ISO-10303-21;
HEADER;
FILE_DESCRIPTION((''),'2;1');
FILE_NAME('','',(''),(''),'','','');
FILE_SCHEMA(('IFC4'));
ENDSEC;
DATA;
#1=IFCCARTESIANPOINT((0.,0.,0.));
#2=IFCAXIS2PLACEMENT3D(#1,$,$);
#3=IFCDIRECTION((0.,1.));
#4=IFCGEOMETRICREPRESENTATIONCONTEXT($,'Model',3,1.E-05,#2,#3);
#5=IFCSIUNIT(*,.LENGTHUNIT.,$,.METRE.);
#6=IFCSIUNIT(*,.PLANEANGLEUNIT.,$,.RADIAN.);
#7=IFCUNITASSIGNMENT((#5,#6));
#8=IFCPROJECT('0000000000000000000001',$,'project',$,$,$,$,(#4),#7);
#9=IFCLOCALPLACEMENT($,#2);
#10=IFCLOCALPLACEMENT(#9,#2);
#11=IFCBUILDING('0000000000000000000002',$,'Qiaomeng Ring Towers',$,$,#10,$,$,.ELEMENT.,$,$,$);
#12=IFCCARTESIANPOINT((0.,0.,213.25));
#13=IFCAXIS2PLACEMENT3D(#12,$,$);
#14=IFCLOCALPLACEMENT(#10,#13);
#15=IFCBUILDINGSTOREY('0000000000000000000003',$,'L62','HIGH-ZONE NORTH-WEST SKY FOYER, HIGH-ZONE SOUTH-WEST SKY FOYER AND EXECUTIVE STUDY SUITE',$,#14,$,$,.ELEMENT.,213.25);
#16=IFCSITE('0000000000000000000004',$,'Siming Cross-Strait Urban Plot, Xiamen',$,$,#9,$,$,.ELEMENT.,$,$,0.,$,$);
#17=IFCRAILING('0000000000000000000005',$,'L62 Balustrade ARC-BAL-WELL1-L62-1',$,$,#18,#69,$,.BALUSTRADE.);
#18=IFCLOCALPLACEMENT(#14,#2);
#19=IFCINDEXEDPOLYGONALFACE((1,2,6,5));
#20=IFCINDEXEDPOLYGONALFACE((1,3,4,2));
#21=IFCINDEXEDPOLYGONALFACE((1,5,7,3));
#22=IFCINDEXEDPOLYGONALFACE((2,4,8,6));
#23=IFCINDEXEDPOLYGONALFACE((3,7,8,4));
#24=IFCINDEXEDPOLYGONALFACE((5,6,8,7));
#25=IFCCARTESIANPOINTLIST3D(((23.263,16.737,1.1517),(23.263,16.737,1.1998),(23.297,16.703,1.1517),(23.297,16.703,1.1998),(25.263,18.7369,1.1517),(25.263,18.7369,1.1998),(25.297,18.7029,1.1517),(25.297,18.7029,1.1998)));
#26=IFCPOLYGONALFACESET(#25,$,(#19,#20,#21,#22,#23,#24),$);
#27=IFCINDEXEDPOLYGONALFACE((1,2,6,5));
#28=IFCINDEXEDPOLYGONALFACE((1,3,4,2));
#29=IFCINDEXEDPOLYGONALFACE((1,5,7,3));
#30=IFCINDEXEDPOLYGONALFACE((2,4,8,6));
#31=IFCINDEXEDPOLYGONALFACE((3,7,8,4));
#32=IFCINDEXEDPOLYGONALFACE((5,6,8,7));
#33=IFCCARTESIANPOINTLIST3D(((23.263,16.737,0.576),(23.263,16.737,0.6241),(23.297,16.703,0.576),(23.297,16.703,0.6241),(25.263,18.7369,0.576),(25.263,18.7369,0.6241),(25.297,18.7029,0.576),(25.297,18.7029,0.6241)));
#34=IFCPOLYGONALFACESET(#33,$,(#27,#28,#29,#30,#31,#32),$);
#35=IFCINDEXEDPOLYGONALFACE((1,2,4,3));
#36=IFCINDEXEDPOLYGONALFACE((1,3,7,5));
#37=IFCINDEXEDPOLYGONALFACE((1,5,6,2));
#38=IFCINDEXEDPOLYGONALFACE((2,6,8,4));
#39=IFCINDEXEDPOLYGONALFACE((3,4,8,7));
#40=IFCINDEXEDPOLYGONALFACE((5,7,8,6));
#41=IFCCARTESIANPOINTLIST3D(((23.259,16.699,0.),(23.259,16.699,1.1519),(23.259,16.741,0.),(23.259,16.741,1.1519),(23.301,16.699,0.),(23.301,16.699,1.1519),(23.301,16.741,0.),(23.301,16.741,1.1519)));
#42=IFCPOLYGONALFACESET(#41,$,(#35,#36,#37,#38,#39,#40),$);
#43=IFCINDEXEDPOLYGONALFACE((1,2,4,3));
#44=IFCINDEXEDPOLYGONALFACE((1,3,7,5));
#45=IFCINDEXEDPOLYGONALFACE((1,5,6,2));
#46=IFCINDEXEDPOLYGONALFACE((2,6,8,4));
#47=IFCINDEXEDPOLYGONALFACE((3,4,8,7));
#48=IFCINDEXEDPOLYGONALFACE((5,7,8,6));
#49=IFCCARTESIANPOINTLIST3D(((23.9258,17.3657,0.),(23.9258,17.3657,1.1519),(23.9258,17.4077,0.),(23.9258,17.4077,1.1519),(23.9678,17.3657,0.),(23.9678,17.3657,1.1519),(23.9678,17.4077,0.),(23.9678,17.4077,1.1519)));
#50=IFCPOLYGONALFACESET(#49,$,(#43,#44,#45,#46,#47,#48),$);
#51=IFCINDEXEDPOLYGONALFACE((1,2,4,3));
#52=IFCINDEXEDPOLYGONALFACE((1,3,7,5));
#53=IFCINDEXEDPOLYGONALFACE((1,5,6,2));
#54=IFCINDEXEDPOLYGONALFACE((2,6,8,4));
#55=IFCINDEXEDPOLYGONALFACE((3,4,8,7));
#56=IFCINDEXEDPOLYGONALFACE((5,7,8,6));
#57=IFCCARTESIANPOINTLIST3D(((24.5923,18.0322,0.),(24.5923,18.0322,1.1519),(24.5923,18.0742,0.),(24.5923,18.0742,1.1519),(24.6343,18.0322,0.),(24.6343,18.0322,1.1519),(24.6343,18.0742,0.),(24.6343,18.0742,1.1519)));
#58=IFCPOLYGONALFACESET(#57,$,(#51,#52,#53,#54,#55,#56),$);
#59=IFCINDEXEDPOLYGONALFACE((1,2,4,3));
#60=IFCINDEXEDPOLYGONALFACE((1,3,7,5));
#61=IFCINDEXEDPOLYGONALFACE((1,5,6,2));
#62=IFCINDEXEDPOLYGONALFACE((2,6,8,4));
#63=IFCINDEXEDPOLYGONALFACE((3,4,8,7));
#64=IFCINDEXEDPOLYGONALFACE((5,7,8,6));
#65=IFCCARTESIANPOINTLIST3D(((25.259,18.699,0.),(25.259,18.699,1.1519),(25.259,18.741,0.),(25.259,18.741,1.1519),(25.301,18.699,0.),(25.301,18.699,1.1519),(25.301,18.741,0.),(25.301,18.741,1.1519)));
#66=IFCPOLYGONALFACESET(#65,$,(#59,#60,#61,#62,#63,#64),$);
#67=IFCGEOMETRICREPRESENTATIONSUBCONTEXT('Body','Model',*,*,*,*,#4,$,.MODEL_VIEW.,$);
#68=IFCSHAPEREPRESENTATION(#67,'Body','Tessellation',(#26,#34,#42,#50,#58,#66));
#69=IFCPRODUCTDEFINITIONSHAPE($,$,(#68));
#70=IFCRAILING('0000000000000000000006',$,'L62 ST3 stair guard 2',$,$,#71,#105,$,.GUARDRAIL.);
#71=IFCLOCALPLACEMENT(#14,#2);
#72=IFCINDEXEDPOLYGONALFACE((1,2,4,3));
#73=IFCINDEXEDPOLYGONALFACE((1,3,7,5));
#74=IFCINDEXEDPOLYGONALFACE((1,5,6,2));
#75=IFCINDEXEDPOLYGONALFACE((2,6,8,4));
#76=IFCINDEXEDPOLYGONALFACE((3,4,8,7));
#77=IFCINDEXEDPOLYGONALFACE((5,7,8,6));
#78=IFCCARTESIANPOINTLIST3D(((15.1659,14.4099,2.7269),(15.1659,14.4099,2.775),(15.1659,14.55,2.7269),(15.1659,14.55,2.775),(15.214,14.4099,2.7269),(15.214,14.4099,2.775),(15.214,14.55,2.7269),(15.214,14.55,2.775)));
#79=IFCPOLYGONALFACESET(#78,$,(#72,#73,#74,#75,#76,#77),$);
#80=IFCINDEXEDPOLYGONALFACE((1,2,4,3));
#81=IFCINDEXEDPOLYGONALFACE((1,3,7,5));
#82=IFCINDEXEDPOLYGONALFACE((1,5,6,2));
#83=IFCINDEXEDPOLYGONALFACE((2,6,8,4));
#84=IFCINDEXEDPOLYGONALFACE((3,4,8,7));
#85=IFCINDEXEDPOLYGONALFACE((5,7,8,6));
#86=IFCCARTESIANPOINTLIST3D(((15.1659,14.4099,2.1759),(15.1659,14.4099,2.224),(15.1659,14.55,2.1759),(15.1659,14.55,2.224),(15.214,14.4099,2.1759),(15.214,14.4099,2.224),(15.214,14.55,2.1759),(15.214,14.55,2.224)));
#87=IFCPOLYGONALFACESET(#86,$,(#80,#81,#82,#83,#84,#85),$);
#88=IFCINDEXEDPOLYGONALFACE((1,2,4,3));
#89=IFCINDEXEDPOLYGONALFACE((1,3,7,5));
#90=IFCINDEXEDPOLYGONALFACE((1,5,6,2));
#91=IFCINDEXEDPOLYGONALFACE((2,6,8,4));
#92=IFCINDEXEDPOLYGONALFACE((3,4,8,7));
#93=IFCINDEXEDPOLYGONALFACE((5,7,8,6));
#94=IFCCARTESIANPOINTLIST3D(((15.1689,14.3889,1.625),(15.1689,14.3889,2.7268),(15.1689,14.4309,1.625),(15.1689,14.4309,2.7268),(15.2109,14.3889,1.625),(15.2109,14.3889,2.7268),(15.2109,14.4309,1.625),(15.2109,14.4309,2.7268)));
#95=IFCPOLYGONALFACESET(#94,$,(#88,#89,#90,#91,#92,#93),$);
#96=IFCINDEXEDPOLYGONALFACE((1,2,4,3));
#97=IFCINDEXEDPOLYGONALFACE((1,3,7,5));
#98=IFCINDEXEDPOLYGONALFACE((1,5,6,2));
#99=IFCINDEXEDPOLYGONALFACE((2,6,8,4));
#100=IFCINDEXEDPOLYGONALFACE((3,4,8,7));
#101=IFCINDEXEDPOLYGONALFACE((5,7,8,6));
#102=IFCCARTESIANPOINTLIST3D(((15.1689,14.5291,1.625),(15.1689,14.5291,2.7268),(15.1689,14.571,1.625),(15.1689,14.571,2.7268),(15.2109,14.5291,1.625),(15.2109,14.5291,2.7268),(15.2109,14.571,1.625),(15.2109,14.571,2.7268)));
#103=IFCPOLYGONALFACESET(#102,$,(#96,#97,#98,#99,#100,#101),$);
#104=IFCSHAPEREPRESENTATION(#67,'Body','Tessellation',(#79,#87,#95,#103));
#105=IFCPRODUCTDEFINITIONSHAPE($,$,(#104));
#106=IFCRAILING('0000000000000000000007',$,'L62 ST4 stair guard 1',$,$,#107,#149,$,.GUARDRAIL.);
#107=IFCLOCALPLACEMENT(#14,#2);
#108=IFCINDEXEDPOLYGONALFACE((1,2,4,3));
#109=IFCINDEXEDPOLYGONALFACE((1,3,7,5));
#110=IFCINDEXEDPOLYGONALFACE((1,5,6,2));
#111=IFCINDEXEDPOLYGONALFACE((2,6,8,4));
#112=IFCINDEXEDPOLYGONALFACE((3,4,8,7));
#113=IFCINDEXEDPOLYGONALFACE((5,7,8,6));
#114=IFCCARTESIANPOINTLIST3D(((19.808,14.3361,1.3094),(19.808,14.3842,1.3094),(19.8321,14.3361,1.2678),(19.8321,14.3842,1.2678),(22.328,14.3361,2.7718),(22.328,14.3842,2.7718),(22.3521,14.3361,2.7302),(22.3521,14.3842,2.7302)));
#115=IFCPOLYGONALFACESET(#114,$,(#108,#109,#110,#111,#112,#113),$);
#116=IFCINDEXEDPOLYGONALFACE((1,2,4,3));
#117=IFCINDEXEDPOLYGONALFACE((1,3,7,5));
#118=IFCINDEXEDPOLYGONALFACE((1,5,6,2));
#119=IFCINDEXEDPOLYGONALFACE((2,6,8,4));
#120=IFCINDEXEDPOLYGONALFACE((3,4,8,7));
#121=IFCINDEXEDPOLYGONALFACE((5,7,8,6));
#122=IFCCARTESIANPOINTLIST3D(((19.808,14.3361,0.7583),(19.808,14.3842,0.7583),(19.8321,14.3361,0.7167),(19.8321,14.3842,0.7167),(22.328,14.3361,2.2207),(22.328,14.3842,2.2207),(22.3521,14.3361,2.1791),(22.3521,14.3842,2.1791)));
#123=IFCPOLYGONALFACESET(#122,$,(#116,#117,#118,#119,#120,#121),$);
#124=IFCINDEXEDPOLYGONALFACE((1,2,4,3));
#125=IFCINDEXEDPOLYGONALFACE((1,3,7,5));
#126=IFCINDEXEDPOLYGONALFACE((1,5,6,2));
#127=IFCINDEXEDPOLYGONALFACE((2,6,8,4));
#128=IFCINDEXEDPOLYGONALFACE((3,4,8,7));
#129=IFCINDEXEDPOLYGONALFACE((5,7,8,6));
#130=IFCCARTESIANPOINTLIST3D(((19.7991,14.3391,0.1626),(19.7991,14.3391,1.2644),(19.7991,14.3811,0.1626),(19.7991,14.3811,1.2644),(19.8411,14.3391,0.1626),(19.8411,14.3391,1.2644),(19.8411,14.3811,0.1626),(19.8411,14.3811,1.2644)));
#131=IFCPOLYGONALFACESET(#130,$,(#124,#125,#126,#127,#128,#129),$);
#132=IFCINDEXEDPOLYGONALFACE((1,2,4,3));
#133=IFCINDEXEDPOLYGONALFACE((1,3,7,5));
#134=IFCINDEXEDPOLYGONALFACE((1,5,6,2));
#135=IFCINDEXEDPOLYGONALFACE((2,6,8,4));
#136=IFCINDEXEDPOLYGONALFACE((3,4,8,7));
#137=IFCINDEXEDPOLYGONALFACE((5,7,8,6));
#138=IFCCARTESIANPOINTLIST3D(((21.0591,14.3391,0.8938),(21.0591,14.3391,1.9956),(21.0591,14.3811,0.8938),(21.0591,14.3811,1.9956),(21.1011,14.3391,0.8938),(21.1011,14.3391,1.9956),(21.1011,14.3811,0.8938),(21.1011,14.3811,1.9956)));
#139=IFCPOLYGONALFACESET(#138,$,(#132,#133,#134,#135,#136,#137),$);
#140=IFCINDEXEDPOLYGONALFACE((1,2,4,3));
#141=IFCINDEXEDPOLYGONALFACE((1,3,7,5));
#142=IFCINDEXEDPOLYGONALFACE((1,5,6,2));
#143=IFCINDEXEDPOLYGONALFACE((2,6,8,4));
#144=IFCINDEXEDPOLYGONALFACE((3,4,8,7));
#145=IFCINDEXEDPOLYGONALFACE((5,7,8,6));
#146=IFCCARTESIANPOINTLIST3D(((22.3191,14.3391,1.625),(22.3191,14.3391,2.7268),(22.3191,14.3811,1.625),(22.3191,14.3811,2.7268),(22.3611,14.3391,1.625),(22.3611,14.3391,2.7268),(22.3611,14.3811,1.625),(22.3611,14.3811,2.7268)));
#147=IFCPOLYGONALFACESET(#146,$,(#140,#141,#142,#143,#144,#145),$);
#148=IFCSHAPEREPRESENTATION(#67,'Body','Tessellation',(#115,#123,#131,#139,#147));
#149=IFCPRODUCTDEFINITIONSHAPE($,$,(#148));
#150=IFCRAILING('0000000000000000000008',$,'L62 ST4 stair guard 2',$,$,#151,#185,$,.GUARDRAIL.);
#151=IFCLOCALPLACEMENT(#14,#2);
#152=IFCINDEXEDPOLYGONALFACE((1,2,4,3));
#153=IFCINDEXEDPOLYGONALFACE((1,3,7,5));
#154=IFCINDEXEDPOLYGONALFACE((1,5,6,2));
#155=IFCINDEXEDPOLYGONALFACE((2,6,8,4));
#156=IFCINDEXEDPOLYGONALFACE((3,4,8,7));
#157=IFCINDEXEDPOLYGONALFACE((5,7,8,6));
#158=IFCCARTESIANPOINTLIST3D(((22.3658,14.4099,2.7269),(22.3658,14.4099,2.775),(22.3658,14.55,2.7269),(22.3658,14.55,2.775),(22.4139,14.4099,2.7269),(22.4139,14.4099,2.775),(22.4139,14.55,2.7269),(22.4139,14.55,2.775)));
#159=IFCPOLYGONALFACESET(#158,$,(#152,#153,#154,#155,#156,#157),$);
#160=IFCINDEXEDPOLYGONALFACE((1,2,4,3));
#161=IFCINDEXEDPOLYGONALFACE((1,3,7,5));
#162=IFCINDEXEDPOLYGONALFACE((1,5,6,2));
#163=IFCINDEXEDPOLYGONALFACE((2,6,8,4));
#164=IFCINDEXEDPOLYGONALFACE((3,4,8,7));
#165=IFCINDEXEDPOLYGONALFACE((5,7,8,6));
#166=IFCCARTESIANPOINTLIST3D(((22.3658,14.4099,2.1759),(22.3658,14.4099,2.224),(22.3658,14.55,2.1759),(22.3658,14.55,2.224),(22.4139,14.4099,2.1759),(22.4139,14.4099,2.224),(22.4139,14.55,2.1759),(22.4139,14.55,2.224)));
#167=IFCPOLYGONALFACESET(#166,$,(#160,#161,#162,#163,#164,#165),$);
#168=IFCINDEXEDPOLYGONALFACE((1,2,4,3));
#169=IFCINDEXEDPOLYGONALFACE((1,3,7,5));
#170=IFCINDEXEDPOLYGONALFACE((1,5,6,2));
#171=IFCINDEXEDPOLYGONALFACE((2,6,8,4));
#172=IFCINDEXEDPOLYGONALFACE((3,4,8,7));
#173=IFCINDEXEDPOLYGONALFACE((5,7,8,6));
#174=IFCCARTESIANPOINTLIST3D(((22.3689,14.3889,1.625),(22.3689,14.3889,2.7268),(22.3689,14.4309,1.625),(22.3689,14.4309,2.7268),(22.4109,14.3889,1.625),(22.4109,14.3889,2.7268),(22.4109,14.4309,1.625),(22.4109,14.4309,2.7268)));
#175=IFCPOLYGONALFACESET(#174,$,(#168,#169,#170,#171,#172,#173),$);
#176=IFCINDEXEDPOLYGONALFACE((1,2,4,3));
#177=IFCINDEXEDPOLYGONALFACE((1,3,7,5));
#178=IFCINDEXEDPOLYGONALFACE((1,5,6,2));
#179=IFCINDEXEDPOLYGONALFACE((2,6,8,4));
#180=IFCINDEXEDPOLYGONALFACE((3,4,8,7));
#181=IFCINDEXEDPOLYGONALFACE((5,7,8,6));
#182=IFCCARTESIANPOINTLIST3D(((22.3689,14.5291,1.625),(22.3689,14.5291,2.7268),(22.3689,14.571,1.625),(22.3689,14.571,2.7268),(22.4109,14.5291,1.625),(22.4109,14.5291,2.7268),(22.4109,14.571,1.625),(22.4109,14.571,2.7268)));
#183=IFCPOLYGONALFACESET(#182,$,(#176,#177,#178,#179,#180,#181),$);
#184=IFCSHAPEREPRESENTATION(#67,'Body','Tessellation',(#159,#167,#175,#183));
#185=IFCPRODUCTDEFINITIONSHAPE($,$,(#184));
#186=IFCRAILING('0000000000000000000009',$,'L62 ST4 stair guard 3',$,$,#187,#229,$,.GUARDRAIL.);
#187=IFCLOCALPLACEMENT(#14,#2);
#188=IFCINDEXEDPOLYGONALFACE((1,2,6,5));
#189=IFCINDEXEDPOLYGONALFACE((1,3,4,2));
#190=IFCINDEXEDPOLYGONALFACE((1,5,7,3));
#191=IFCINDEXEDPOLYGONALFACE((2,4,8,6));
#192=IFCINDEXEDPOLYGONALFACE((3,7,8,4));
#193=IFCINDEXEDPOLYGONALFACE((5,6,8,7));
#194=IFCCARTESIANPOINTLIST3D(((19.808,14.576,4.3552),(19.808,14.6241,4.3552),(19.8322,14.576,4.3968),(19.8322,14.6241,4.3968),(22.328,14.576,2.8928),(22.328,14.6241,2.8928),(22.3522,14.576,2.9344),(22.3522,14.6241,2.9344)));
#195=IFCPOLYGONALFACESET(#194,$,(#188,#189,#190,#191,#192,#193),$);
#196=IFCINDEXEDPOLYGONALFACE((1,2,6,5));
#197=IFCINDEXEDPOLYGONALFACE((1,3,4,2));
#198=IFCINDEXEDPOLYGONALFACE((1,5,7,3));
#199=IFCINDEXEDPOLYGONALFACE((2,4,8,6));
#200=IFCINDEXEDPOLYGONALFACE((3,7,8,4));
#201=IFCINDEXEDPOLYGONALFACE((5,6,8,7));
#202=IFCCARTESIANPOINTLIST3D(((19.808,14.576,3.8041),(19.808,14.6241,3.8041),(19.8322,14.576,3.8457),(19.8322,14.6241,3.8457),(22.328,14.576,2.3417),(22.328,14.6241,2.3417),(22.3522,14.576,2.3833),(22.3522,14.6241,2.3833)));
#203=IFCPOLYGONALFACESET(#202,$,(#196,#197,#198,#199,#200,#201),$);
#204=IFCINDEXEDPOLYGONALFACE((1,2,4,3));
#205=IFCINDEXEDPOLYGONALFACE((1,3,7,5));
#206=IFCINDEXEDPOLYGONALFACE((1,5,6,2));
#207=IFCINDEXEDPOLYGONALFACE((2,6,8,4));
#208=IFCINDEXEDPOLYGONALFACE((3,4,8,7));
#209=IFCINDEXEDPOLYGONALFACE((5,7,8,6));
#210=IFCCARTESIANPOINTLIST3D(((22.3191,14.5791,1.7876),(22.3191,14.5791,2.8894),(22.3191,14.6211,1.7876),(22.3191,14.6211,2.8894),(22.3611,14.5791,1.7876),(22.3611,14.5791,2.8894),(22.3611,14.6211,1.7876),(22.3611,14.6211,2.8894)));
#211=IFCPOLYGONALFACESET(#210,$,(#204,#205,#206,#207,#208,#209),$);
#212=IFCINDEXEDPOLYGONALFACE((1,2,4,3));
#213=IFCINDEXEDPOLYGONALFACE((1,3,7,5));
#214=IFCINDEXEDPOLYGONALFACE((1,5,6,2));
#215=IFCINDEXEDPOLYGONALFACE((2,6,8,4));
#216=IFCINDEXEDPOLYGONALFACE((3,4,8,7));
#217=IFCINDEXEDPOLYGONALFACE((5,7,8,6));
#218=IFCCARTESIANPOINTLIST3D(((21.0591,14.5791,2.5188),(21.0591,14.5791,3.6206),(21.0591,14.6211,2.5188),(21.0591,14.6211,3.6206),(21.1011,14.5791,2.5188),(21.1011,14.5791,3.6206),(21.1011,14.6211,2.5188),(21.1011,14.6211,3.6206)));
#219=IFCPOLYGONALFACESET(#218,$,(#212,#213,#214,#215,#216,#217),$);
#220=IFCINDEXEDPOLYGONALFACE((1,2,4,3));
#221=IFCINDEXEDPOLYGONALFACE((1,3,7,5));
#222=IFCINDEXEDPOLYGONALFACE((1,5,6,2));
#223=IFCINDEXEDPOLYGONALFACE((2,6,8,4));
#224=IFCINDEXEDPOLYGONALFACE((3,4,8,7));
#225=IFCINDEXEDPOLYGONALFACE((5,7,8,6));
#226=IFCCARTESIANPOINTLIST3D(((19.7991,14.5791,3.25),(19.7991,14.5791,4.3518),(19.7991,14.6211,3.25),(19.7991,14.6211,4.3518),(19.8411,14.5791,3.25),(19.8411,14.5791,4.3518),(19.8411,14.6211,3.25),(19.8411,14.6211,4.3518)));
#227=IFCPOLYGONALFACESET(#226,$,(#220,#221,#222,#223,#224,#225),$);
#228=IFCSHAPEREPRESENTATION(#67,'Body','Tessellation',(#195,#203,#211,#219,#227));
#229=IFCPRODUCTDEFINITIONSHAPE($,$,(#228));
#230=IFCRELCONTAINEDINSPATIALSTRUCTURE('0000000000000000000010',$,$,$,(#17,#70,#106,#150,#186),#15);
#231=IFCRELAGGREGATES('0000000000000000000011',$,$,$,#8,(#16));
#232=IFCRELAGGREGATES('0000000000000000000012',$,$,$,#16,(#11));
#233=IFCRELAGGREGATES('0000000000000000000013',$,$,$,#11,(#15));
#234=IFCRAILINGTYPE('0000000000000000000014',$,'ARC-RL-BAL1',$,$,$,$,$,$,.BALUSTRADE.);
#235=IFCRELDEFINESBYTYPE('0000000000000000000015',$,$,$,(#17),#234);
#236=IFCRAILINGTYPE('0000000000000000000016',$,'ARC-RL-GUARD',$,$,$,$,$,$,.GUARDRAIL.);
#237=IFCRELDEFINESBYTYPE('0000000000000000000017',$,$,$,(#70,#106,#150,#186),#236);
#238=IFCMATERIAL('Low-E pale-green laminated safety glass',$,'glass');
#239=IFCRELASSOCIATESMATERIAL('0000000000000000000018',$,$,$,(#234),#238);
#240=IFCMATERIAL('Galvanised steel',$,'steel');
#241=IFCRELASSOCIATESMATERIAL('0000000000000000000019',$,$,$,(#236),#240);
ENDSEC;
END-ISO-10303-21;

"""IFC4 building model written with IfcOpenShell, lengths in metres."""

from ifc_helpers import new_model, si_unit, direction, frame, origin, origin_2d, place, context, subcontext, project, spatial, rectangle, extrude, material, type_object, element, save


model = new_model("IFC4")

# Units and contexts
model_context = context("Model", 3, precision=1e-05, world=origin(), true_north=direction((0.0, 1.0)))
body_context = subcontext(model_context, "Body", "Model", "MODEL_VIEW")
ifc_project = project(units=[si_unit("LENGTHUNIT", "METRE"), si_unit("PLANEANGLEUNIT", "RADIAN")], contexts=[model_context])

# Site, building, storey
site_placement = place(None, origin())
site = spatial("IfcSite", under=ifc_project, at=site_placement, Name="Siming Cross-Strait Urban Plot, Xiamen", CompositionType="ELEMENT", RefElevation=0.0)
building_placement = place(site_placement, origin())
building = spatial("IfcBuilding", under=site, at=building_placement, Name="Qiaomeng Ring Towers", CompositionType="ELEMENT")
storey_placement = place(building_placement, frame((0.0, 0.0, 213.25)))
storey = spatial("IfcBuildingStorey", under=building, at=storey_placement, Name="L62", Description="HIGH-ZONE NORTH-WEST SKY FOYER, HIGH-ZONE SOUTH-WEST SKY FOYER AND EXECUTIVE STUDY SUITE", CompositionType="ELEMENT", Elevation=213.25)

# Shared definitions
ifc_material_1 = material(Name="Galvanised steel", Category="steel")

# Railings
ifc_material_2 = material(Name="Low-E pale-green laminated safety glass", Category="glass")
railing_type_1 = type_object("IfcRailingType", Name="ARC-RL-BAL1", PredefinedType="BALUSTRADE", material=ifc_material_2)
railing_1_placement = place(storey_placement, frame((23.28, 16.72, 0.0)))
element("IfcRailing", 1, at=railing_1_placement, inside=storey, type_object=railing_type_1, Name="L62 Balustrade ARC-BAL-WELL1-L62-1", PredefinedType="BALUSTRADE", context=body_context, shape_type="SweptSolid", body=[
    extrude(rectangle(XDim=0.0481, YDim=0.0481, at=origin_2d()), frame((0.0, 0.0, 1.1758), z_axis=(0.707107, 0.707107, 0.0), x_axis=(-0.707107, 0.707107, 0.0)), (0.0, 0.0, 1.0), 2.8284),
    extrude(rectangle(XDim=0.0481, YDim=0.0481, at=origin_2d()), frame((0.0, 0.0, 0.6001), z_axis=(0.707107, 0.707107, 0.0), x_axis=(-0.707107, 0.707107, 0.0)), (0.0, 0.0, 1.0), 2.8284),
    extrude(rectangle(XDim=0.042, YDim=0.042, at=origin_2d()), origin(), (0.0, 0.0, 1.0), 1.1519),
    extrude(rectangle(XDim=0.042, YDim=0.042, at=origin_2d()), frame((0.6667, 0.6667, 0.0)), (0.0, 0.0, 1.0), 1.1519),
    extrude(rectangle(XDim=0.042, YDim=0.042, at=origin_2d()), frame((1.3333, 1.3333, 0.0)), (0.0, 0.0, 1.0), 1.1519),
    extrude(rectangle(XDim=0.042, YDim=0.042, at=origin_2d()), frame((2.0, 2.0, 0.0)), (0.0, 0.0, 1.0), 1.1519),
])
railing_type_2 = type_object("IfcRailingType", Name="ARC-RL-GUARD", PredefinedType="GUARDRAIL", material=ifc_material_1)
railing_2_placement = place(storey_placement, frame((15.1899, 14.4099, 1.625)))
element("IfcRailing", 2, at=railing_2_placement, inside=storey, type_object=railing_type_2, Name="L62 ST3 stair guard 2", PredefinedType="GUARDRAIL", context=body_context, shape_type="SweptSolid", body=[
    extrude(rectangle(XDim=0.0481, YDim=0.0481, at=origin_2d()), frame((0.0, 0.0, 1.126), z_axis=(0.0, 1.0, 0.0), x_axis=(-1.0, 0.0, 0.0)), (0.0, 0.0, 1.0), 0.1401),
    extrude(rectangle(XDim=0.0481, YDim=0.0481, at=origin_2d()), frame((0.0, 0.0, 0.575), z_axis=(0.0, 1.0, 0.0), x_axis=(-1.0, 0.0, 0.0)), (0.0, 0.0, 1.0), 0.1401),
    extrude(rectangle(XDim=0.042, YDim=0.042, at=origin_2d()), origin(), (0.0, 0.0, 1.0), 1.1018),
    extrude(rectangle(XDim=0.042, YDim=0.042, at=origin_2d()), frame((0.0, 0.1401, 0.0)), (0.0, 0.0, 1.0), 1.1018),
])
railing_3_placement = place(storey_placement, frame((19.8201, 14.3601, 0.1626)))
element("IfcRailing", 3, at=railing_3_placement, inside=storey, type_object=railing_type_2, Name="L62 ST4 stair guard 1", PredefinedType="GUARDRAIL", context=body_context, shape_type="SweptSolid", body=[
    extrude(rectangle(XDim=0.0481, YDim=0.0481, at=origin_2d()), frame((0.0, 0.0, 1.126), z_axis=(0.864913, 0.0, 0.501921), x_axis=(0.0, 1.0, 0.0)), (0.0, 0.0, 1.0), 2.9136),
    extrude(rectangle(XDim=0.0481, YDim=0.0481, at=origin_2d()), frame((0.0, 0.0, 0.575), z_axis=(0.864913, 0.0, 0.501921), x_axis=(0.0, 1.0, 0.0)), (0.0, 0.0, 1.0), 2.9136),
    extrude(rectangle(XDim=0.042, YDim=0.042, at=origin_2d()), origin(), (0.0, 0.0, 1.0), 1.1018),
    extrude(rectangle(XDim=0.042, YDim=0.042, at=origin_2d()), frame((1.26, 0.0, 0.7312)), (0.0, 0.0, 1.0), 1.1018),
    extrude(rectangle(XDim=0.042, YDim=0.042, at=origin_2d()), frame((2.52, 0.0, 1.4624)), (0.0, 0.0, 1.0), 1.1018),
])
railing_4_placement = place(storey_placement, frame((22.3899, 14.4099, 1.625)))
element("IfcRailing", 4, at=railing_4_placement, inside=storey, type_object=railing_type_2, Name="L62 ST4 stair guard 2", PredefinedType="GUARDRAIL", context=body_context, shape_type="SweptSolid", body=[
    extrude(rectangle(XDim=0.0481, YDim=0.0481, at=origin_2d()), frame((0.0, 0.0, 1.126), z_axis=(0.0, 1.0, 0.0), x_axis=(-1.0, 0.0, 0.0)), (0.0, 0.0, 1.0), 0.1401),
    extrude(rectangle(XDim=0.0481, YDim=0.0481, at=origin_2d()), frame((0.0, 0.0, 0.575), z_axis=(0.0, 1.0, 0.0), x_axis=(-1.0, 0.0, 0.0)), (0.0, 0.0, 1.0), 0.1401),
    extrude(rectangle(XDim=0.042, YDim=0.042, at=origin_2d()), origin(), (0.0, 0.0, 1.0), 1.1018),
    extrude(rectangle(XDim=0.042, YDim=0.042, at=origin_2d()), frame((0.0, 0.1401, 0.0)), (0.0, 0.0, 1.0), 1.1018),
])
railing_5_placement = place(storey_placement, frame((22.3401, 14.6001, 1.7876)))
element("IfcRailing", 5, at=railing_5_placement, inside=storey, type_object=railing_type_2, Name="L62 ST4 stair guard 3", PredefinedType="GUARDRAIL", context=body_context, shape_type="SweptSolid", body=[
    extrude(rectangle(XDim=0.0481, YDim=0.0481, at=origin_2d()), frame((0.0, 0.0, 1.126), z_axis=(-0.864913, 0.0, 0.501921), x_axis=(0.0, -1.0, 0.0)), (0.0, 0.0, 1.0), 2.9136),
    extrude(rectangle(XDim=0.0481, YDim=0.0481, at=origin_2d()), frame((0.0, 0.0, 0.575), z_axis=(-0.864913, 0.0, 0.501921), x_axis=(0.0, -1.0, 0.0)), (0.0, 0.0, 1.0), 2.9136),
    extrude(rectangle(XDim=0.042, YDim=0.042, at=origin_2d()), origin(), (0.0, 0.0, 1.0), 1.1018),
    extrude(rectangle(XDim=0.042, YDim=0.042, at=origin_2d()), frame((-1.26, 0.0, 0.7312)), (0.0, 0.0, 1.0), 1.1018),
    extrude(rectangle(XDim=0.042, YDim=0.042, at=origin_2d()), frame((-2.52, 0.0, 1.4624)), (0.0, 0.0, 1.0), 1.1018),
])

save(model, "model.ifc")
